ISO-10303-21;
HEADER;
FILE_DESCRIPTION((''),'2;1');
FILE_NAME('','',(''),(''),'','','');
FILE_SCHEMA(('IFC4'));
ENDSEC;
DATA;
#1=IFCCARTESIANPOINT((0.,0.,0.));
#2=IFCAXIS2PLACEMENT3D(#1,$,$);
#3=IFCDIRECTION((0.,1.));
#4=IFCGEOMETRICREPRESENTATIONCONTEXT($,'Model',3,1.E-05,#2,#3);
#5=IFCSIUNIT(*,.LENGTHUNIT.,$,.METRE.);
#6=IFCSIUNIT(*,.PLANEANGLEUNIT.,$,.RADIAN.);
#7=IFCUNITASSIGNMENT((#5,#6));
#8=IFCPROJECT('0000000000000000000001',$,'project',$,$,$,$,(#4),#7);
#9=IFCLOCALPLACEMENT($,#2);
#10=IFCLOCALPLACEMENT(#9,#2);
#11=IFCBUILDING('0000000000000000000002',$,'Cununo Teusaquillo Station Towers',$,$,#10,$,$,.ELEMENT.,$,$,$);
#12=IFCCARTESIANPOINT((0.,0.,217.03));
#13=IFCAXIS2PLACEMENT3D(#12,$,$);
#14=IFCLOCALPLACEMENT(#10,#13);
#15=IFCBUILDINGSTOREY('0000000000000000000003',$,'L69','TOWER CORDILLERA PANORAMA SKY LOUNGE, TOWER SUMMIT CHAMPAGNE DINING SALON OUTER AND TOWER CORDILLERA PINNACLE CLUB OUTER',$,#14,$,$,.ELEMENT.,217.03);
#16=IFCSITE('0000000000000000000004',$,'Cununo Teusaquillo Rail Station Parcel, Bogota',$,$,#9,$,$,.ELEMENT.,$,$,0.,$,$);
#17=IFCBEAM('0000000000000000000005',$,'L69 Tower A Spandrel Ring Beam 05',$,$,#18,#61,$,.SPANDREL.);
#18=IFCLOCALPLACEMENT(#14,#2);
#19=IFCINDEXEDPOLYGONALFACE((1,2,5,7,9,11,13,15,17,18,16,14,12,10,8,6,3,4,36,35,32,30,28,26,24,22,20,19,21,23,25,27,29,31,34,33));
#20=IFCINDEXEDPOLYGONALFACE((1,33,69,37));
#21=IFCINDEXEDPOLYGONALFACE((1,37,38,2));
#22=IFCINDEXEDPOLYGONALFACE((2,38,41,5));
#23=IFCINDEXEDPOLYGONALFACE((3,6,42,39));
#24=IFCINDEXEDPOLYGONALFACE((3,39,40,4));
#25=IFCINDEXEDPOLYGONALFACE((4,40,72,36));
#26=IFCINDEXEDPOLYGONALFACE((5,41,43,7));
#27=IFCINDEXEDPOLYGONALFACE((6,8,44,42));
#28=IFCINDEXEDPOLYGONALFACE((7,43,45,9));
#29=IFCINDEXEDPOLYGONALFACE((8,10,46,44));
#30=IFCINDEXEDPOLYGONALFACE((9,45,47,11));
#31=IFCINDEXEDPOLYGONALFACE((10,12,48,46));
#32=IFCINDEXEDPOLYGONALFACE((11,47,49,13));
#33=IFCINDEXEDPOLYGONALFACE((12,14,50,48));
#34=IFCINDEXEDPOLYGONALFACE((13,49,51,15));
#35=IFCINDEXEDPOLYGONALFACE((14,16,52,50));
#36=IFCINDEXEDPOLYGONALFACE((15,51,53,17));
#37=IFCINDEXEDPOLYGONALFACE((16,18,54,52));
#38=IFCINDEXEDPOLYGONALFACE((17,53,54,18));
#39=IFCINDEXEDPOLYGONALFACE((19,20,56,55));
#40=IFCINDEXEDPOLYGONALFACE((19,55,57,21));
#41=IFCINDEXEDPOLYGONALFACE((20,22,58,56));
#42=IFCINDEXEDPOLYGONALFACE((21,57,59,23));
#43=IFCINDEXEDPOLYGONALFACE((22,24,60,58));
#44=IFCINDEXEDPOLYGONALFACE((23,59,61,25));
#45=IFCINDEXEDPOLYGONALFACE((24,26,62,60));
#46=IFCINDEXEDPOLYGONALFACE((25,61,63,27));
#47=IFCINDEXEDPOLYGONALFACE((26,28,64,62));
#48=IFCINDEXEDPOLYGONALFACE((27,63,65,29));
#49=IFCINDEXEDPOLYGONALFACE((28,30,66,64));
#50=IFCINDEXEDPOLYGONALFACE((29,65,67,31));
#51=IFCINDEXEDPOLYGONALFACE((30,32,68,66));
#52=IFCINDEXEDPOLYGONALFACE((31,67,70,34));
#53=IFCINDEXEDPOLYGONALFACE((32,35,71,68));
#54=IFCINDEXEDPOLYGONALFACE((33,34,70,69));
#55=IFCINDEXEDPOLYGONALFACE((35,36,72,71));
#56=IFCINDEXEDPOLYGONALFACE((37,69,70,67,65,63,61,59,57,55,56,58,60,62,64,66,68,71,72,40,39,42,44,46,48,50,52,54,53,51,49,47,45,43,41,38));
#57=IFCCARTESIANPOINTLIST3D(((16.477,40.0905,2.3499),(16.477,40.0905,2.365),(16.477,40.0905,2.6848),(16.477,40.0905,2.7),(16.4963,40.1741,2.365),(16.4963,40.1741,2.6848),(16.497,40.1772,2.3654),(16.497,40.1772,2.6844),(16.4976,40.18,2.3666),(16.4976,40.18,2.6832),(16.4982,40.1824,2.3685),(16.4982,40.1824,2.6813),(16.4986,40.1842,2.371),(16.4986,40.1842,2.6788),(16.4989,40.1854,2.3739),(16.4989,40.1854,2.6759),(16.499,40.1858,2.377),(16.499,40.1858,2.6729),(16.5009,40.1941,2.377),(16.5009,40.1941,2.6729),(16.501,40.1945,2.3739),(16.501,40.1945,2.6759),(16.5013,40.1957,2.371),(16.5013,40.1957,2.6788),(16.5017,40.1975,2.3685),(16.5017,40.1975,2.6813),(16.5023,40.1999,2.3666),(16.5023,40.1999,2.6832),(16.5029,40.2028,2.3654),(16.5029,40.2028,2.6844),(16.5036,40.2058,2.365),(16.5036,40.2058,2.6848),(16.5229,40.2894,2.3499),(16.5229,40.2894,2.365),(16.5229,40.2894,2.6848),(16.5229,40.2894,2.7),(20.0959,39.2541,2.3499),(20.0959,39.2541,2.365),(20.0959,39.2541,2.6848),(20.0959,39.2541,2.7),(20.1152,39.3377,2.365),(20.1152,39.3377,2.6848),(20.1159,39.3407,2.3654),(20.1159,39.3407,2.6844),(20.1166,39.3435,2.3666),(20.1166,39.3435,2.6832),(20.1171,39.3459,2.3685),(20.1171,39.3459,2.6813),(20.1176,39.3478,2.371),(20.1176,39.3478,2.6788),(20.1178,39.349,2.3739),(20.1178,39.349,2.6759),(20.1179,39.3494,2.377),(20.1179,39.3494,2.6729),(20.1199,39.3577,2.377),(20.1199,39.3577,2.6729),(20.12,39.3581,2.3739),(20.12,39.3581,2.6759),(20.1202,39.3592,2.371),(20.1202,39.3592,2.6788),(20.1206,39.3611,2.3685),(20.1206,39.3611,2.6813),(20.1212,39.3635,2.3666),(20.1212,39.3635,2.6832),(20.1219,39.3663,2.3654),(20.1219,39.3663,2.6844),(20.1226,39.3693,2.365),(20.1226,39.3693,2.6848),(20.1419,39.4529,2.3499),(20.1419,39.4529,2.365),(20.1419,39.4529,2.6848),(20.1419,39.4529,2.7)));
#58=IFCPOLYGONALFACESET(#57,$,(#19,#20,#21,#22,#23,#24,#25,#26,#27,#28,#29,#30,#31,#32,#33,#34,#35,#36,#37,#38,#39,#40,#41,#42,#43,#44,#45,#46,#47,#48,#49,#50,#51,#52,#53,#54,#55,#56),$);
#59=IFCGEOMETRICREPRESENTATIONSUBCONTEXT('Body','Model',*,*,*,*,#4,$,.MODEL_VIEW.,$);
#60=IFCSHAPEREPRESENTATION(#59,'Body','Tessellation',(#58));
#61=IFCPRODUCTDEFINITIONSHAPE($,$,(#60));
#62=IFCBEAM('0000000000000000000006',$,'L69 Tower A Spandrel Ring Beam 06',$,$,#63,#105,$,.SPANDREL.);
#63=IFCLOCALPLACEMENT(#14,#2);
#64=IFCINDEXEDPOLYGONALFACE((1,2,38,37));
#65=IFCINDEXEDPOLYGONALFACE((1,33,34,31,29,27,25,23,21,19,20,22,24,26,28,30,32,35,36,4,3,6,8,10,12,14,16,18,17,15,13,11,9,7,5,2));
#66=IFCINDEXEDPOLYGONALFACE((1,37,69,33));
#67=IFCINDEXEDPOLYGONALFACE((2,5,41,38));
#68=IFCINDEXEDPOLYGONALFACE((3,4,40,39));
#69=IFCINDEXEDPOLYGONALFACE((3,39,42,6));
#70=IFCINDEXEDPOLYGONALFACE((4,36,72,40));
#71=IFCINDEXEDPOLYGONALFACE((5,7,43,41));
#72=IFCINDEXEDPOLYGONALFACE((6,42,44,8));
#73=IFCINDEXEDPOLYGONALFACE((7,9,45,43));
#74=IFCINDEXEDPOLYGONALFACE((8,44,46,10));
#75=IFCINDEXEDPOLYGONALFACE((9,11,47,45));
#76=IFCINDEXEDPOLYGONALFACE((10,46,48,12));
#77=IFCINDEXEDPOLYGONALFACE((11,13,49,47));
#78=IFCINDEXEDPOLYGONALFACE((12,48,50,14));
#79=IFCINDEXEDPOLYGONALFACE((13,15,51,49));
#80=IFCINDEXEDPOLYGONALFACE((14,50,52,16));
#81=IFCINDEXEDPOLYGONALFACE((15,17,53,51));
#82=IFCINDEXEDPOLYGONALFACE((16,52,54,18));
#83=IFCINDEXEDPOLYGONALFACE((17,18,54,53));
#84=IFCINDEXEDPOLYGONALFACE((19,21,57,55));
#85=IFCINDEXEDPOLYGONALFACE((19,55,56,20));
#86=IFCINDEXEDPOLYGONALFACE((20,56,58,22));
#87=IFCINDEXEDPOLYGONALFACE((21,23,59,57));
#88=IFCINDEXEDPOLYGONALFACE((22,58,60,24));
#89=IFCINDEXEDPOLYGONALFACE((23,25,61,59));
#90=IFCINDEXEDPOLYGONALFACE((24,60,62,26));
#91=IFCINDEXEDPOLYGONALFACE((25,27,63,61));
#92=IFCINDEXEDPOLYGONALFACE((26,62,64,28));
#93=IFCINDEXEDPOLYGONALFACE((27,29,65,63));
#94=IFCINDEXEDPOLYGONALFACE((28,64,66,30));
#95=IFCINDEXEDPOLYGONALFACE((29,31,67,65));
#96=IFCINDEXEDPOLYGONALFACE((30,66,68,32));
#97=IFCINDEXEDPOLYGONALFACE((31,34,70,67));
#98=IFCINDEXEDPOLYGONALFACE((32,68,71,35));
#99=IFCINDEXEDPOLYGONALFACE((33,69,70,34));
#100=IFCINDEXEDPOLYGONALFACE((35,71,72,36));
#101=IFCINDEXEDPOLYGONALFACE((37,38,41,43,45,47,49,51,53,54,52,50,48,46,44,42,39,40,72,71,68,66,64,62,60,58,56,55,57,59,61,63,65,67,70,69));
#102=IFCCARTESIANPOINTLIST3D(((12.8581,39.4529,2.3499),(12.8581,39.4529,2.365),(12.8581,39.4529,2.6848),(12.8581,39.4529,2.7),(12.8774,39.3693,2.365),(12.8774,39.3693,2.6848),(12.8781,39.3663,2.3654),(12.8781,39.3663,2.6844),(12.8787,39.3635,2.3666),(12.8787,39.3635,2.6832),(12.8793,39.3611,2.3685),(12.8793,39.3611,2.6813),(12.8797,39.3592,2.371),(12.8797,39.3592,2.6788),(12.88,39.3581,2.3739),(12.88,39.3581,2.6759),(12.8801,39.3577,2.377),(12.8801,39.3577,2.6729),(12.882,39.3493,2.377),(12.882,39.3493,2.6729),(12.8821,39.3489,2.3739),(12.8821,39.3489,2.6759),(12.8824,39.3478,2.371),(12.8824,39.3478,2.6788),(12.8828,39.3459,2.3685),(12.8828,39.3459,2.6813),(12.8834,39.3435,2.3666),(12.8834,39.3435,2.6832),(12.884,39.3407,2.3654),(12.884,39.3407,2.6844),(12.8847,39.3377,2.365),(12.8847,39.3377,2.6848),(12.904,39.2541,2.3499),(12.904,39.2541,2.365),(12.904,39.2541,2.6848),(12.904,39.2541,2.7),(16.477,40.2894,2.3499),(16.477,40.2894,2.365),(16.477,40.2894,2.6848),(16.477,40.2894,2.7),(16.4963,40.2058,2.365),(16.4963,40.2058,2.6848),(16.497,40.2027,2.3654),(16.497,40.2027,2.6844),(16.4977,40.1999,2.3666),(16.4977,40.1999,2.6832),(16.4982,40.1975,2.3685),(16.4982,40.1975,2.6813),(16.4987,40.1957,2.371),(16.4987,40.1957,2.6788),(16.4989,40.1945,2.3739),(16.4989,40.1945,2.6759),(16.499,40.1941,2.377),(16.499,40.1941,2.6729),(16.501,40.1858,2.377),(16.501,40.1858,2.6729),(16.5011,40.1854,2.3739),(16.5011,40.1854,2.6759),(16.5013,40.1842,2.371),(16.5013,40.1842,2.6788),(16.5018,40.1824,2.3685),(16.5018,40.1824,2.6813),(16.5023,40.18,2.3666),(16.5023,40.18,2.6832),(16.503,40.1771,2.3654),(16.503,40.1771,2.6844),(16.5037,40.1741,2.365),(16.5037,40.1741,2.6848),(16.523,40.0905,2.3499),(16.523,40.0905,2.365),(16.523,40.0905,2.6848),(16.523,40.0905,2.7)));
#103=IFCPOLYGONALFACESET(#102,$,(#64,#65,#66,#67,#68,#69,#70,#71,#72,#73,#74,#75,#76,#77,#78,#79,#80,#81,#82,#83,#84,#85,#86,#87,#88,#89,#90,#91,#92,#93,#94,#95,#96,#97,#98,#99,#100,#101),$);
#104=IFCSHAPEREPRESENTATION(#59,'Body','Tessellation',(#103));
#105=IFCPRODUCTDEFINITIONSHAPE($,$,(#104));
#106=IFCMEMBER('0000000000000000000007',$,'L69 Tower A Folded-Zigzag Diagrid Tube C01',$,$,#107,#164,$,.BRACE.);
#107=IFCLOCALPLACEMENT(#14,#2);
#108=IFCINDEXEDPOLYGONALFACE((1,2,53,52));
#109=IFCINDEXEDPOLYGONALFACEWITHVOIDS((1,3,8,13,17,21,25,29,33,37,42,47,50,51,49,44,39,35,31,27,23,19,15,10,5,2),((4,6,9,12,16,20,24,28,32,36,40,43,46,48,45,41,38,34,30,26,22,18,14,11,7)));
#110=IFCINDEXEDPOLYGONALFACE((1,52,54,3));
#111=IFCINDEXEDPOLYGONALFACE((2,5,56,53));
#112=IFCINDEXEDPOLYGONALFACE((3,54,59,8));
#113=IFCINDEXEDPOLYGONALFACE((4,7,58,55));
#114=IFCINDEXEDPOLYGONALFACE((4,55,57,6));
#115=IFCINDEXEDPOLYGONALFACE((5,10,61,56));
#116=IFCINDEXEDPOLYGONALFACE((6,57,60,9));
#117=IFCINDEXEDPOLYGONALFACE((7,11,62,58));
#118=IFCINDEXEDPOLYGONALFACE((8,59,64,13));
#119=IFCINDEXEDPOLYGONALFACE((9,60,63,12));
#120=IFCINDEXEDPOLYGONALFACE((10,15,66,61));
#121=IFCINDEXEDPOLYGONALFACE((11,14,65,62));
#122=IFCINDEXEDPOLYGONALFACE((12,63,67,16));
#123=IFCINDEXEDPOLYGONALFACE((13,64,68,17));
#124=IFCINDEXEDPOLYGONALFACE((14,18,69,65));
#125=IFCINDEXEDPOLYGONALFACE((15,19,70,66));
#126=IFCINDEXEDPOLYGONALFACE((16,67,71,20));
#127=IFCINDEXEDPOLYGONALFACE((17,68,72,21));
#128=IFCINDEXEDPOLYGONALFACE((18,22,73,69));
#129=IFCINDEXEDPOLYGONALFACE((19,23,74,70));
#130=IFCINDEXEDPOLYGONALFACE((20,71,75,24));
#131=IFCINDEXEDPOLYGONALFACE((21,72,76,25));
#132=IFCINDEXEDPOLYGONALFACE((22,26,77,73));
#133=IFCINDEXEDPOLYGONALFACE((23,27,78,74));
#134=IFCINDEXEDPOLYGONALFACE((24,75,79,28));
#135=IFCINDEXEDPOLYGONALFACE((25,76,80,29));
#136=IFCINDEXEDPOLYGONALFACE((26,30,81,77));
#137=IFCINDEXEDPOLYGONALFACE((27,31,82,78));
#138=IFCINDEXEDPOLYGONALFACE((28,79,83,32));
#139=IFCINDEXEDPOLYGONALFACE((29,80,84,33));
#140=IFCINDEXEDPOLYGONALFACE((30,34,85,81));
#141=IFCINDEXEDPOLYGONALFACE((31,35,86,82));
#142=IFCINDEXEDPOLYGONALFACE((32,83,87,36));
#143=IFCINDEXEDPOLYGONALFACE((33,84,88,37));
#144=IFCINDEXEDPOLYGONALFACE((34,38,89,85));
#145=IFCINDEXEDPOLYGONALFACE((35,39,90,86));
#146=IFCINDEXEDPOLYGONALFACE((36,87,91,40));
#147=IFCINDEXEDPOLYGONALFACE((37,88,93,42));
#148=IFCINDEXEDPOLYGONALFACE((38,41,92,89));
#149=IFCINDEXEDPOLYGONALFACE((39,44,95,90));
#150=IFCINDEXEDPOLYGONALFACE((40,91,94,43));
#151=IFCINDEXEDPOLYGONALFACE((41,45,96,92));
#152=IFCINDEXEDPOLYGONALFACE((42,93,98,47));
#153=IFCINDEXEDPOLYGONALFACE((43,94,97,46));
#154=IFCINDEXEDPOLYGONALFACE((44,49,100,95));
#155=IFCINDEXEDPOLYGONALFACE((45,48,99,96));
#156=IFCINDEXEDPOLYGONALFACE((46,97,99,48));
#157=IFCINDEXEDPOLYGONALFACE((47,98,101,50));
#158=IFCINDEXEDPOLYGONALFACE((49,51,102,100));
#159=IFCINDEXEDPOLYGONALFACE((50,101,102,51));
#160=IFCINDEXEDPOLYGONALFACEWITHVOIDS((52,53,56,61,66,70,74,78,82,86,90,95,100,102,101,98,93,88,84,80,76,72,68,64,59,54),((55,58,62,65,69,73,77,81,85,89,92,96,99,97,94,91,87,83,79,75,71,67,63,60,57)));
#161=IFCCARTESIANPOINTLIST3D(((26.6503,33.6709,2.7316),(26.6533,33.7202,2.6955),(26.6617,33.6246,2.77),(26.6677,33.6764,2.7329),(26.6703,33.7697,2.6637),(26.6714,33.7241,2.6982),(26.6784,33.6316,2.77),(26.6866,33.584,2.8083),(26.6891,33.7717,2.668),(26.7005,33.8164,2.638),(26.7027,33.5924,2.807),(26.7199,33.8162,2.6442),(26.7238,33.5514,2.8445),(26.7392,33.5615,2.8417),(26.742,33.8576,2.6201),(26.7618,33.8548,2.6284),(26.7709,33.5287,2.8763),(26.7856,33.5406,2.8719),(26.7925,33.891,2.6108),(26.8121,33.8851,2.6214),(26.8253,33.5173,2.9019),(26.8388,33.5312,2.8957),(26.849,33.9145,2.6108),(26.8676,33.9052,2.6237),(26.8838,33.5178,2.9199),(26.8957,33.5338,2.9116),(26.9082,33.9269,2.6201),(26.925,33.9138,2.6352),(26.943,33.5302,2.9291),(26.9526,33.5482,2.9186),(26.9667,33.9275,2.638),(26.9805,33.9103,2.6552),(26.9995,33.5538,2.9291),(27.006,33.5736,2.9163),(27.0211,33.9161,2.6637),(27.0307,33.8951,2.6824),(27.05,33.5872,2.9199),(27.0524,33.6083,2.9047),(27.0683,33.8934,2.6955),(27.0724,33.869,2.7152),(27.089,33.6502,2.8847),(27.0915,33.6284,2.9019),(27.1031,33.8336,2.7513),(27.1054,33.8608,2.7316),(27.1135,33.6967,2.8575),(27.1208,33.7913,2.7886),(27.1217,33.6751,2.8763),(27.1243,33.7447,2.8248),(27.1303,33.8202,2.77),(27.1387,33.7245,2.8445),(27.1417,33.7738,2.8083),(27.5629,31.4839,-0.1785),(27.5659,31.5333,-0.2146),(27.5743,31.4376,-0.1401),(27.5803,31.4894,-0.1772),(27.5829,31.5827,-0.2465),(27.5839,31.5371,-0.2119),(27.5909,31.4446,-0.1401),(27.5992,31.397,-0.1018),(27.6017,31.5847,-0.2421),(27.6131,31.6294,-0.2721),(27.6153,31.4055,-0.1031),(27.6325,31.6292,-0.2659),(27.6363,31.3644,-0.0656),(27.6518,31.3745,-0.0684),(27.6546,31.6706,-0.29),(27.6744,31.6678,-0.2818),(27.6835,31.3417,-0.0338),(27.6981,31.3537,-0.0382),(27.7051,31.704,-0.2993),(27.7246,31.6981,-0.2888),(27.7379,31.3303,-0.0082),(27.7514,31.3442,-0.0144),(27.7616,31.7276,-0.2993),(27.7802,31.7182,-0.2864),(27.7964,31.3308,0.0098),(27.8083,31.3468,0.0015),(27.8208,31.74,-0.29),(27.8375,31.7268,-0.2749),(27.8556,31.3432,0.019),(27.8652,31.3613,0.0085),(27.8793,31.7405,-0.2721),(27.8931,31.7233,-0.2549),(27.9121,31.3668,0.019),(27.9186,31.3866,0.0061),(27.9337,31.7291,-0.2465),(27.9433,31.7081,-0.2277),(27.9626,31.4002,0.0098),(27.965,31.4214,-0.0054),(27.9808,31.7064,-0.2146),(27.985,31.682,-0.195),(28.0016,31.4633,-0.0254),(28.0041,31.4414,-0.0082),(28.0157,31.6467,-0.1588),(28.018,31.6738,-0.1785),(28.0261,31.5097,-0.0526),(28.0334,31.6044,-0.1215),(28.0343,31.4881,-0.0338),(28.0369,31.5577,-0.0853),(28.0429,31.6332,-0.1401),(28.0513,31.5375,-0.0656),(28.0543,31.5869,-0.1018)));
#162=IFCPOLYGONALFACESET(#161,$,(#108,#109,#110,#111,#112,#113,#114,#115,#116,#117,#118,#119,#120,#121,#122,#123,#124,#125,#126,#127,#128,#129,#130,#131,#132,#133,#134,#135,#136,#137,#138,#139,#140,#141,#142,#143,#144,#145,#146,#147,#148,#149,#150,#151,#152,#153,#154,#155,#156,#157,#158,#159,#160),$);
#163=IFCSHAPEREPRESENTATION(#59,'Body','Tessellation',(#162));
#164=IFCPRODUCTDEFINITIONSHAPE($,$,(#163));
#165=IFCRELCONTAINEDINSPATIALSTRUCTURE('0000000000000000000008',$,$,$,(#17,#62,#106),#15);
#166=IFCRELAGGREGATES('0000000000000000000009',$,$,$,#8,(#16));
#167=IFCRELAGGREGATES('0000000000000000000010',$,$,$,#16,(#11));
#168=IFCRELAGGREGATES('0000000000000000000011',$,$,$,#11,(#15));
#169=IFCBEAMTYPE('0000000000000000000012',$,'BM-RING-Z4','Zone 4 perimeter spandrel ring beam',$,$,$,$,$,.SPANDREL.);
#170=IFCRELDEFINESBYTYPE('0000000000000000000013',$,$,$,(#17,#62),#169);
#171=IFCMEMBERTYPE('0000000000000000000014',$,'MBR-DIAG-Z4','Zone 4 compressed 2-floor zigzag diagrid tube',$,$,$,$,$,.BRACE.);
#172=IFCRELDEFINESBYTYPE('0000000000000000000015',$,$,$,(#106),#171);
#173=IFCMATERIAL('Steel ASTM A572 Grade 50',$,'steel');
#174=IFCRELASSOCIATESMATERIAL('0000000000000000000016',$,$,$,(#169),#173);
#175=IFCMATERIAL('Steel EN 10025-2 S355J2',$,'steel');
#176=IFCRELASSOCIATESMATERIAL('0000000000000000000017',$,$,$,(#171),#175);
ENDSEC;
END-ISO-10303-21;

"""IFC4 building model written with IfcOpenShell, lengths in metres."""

from ifc_helpers import new_model, si_unit, direction, frame, origin, origin_2d, place, context, subcontext, project, spatial, hollow_circle, i_section, extrude, material, material_profile, profile_set, type_object, element, save


model = new_model("IFC4")

# Units and contexts
model_context = context("Model", 3, precision=1e-05, world=origin(), true_north=direction((0.0, 1.0)))
body_context = subcontext(model_context, "Body", "Model", "MODEL_VIEW")
ifc_project = project(units=[si_unit("LENGTHUNIT", "METRE"), si_unit("PLANEANGLEUNIT", "RADIAN")], contexts=[model_context])

# Site, building, storey
site_placement = place(None, origin())
site = spatial("IfcSite", under=ifc_project, at=site_placement, Name="Cununo Teusaquillo Rail Station Parcel, Bogota", CompositionType="ELEMENT", RefElevation=0.0)
building_placement = place(site_placement, origin())
building = spatial("IfcBuilding", under=site, at=building_placement, Name="Cununo Teusaquillo Station Towers", CompositionType="ELEMENT")
storey_placement = place(building_placement, frame((0.0, 0.0, 217.03)))
storey = spatial("IfcBuildingStorey", under=building, at=storey_placement, Name="L69", Description="TOWER CORDILLERA PANORAMA SKY LOUNGE, TOWER SUMMIT CHAMPAGNE DINING SALON OUTER AND TOWER CORDILLERA PINNACLE CLUB OUTER", CompositionType="ELEMENT", Elevation=217.03)

# Beams
ifc_material_1 = material(Name="Steel ASTM A572 Grade 50", Category="steel")
ifc_material_profile_1 = material_profile(ifc_material_1, i_section(OverallWidth=0.2041, OverallDepth=0.3501, WebThickness=0.0085, FlangeThickness=0.0151, FilletRadius=0.012, at=origin_2d()), Name="W14X48")
ifc_profile_set_1 = profile_set([ifc_material_profile_1], Name="Steel ASTM A572 Grade 50")
beam_type_1 = type_object("IfcBeamType", Name="BM-RING-Z4", Description="Zone 4 perimeter spandrel ring beam", PredefinedType="SPANDREL", material=ifc_profile_set_1)
for number, where, z_axis, x_axis, name in (
    (1, (20.1189, 39.3535, 2.5249), (-0.974315, 0.225191, 0.0), (-0.225191, -0.974315, 0.0), "L69 Tower A Spandrel Ring Beam 05"),
    (2, (16.5, 40.1899, 2.5249), (-0.974315, -0.225191, 0.0), (0.225191, -0.974315, 0.0), "L69 Tower A Spandrel Ring Beam 06"),
):
    element("IfcBeam", number, at=place(storey_placement, frame(where, z_axis=z_axis, x_axis=x_axis)), inside=storey, type_object=beam_type_1, Name=name, PredefinedType="SPANDREL", context=body_context, shape_type="SweptSolid", body=[
        extrude(i_section(OverallWidth=0.2041, OverallDepth=0.3501, WebThickness=0.0085, FlangeThickness=0.0151, FilletRadius=0.012, at=origin_2d()), origin(), (0.0, 0.0, 1.0), 3.7144),
    ])

# Member
ifc_material_2 = material(Name="Steel EN 10025-2 S355J2", Category="steel")
ifc_material_profile_2 = material_profile(ifc_material_2, hollow_circle(Radius=0.2539, WallThickness=0.0181, at=origin_2d()), Name="CHS 508x18")
ifc_profile_set_2 = profile_set([ifc_material_profile_2], Name="Steel EN 10025-2 S355J2")
member_type = type_object("IfcMemberType", Name="MBR-DIAG-Z4", Description="Zone 4 compressed 2-floor zigzag diagrid tube", PredefinedType="BRACE", material=ifc_profile_set_2)
member_1_placement = place(storey_placement, frame((27.8086, 31.5354, -0.1401), z_axis=(-0.243166, 0.58274, 0.775425), x_axis=(-0.922876, -0.385098, 0.0)))
element("IfcMember", 3, at=member_1_placement, inside=storey, type_object=member_type, Name="L69 Tower A Folded-Zigzag Diagrid Tube C01", PredefinedType="BRACE", context=body_context, shape_type="SweptSolid", body=[
    extrude(hollow_circle(Radius=0.2539, WallThickness=0.0181, at=origin_2d()), origin(), (0.0, 0.0, 1.0), 3.7529),
])

save(model, "model.ifc")
